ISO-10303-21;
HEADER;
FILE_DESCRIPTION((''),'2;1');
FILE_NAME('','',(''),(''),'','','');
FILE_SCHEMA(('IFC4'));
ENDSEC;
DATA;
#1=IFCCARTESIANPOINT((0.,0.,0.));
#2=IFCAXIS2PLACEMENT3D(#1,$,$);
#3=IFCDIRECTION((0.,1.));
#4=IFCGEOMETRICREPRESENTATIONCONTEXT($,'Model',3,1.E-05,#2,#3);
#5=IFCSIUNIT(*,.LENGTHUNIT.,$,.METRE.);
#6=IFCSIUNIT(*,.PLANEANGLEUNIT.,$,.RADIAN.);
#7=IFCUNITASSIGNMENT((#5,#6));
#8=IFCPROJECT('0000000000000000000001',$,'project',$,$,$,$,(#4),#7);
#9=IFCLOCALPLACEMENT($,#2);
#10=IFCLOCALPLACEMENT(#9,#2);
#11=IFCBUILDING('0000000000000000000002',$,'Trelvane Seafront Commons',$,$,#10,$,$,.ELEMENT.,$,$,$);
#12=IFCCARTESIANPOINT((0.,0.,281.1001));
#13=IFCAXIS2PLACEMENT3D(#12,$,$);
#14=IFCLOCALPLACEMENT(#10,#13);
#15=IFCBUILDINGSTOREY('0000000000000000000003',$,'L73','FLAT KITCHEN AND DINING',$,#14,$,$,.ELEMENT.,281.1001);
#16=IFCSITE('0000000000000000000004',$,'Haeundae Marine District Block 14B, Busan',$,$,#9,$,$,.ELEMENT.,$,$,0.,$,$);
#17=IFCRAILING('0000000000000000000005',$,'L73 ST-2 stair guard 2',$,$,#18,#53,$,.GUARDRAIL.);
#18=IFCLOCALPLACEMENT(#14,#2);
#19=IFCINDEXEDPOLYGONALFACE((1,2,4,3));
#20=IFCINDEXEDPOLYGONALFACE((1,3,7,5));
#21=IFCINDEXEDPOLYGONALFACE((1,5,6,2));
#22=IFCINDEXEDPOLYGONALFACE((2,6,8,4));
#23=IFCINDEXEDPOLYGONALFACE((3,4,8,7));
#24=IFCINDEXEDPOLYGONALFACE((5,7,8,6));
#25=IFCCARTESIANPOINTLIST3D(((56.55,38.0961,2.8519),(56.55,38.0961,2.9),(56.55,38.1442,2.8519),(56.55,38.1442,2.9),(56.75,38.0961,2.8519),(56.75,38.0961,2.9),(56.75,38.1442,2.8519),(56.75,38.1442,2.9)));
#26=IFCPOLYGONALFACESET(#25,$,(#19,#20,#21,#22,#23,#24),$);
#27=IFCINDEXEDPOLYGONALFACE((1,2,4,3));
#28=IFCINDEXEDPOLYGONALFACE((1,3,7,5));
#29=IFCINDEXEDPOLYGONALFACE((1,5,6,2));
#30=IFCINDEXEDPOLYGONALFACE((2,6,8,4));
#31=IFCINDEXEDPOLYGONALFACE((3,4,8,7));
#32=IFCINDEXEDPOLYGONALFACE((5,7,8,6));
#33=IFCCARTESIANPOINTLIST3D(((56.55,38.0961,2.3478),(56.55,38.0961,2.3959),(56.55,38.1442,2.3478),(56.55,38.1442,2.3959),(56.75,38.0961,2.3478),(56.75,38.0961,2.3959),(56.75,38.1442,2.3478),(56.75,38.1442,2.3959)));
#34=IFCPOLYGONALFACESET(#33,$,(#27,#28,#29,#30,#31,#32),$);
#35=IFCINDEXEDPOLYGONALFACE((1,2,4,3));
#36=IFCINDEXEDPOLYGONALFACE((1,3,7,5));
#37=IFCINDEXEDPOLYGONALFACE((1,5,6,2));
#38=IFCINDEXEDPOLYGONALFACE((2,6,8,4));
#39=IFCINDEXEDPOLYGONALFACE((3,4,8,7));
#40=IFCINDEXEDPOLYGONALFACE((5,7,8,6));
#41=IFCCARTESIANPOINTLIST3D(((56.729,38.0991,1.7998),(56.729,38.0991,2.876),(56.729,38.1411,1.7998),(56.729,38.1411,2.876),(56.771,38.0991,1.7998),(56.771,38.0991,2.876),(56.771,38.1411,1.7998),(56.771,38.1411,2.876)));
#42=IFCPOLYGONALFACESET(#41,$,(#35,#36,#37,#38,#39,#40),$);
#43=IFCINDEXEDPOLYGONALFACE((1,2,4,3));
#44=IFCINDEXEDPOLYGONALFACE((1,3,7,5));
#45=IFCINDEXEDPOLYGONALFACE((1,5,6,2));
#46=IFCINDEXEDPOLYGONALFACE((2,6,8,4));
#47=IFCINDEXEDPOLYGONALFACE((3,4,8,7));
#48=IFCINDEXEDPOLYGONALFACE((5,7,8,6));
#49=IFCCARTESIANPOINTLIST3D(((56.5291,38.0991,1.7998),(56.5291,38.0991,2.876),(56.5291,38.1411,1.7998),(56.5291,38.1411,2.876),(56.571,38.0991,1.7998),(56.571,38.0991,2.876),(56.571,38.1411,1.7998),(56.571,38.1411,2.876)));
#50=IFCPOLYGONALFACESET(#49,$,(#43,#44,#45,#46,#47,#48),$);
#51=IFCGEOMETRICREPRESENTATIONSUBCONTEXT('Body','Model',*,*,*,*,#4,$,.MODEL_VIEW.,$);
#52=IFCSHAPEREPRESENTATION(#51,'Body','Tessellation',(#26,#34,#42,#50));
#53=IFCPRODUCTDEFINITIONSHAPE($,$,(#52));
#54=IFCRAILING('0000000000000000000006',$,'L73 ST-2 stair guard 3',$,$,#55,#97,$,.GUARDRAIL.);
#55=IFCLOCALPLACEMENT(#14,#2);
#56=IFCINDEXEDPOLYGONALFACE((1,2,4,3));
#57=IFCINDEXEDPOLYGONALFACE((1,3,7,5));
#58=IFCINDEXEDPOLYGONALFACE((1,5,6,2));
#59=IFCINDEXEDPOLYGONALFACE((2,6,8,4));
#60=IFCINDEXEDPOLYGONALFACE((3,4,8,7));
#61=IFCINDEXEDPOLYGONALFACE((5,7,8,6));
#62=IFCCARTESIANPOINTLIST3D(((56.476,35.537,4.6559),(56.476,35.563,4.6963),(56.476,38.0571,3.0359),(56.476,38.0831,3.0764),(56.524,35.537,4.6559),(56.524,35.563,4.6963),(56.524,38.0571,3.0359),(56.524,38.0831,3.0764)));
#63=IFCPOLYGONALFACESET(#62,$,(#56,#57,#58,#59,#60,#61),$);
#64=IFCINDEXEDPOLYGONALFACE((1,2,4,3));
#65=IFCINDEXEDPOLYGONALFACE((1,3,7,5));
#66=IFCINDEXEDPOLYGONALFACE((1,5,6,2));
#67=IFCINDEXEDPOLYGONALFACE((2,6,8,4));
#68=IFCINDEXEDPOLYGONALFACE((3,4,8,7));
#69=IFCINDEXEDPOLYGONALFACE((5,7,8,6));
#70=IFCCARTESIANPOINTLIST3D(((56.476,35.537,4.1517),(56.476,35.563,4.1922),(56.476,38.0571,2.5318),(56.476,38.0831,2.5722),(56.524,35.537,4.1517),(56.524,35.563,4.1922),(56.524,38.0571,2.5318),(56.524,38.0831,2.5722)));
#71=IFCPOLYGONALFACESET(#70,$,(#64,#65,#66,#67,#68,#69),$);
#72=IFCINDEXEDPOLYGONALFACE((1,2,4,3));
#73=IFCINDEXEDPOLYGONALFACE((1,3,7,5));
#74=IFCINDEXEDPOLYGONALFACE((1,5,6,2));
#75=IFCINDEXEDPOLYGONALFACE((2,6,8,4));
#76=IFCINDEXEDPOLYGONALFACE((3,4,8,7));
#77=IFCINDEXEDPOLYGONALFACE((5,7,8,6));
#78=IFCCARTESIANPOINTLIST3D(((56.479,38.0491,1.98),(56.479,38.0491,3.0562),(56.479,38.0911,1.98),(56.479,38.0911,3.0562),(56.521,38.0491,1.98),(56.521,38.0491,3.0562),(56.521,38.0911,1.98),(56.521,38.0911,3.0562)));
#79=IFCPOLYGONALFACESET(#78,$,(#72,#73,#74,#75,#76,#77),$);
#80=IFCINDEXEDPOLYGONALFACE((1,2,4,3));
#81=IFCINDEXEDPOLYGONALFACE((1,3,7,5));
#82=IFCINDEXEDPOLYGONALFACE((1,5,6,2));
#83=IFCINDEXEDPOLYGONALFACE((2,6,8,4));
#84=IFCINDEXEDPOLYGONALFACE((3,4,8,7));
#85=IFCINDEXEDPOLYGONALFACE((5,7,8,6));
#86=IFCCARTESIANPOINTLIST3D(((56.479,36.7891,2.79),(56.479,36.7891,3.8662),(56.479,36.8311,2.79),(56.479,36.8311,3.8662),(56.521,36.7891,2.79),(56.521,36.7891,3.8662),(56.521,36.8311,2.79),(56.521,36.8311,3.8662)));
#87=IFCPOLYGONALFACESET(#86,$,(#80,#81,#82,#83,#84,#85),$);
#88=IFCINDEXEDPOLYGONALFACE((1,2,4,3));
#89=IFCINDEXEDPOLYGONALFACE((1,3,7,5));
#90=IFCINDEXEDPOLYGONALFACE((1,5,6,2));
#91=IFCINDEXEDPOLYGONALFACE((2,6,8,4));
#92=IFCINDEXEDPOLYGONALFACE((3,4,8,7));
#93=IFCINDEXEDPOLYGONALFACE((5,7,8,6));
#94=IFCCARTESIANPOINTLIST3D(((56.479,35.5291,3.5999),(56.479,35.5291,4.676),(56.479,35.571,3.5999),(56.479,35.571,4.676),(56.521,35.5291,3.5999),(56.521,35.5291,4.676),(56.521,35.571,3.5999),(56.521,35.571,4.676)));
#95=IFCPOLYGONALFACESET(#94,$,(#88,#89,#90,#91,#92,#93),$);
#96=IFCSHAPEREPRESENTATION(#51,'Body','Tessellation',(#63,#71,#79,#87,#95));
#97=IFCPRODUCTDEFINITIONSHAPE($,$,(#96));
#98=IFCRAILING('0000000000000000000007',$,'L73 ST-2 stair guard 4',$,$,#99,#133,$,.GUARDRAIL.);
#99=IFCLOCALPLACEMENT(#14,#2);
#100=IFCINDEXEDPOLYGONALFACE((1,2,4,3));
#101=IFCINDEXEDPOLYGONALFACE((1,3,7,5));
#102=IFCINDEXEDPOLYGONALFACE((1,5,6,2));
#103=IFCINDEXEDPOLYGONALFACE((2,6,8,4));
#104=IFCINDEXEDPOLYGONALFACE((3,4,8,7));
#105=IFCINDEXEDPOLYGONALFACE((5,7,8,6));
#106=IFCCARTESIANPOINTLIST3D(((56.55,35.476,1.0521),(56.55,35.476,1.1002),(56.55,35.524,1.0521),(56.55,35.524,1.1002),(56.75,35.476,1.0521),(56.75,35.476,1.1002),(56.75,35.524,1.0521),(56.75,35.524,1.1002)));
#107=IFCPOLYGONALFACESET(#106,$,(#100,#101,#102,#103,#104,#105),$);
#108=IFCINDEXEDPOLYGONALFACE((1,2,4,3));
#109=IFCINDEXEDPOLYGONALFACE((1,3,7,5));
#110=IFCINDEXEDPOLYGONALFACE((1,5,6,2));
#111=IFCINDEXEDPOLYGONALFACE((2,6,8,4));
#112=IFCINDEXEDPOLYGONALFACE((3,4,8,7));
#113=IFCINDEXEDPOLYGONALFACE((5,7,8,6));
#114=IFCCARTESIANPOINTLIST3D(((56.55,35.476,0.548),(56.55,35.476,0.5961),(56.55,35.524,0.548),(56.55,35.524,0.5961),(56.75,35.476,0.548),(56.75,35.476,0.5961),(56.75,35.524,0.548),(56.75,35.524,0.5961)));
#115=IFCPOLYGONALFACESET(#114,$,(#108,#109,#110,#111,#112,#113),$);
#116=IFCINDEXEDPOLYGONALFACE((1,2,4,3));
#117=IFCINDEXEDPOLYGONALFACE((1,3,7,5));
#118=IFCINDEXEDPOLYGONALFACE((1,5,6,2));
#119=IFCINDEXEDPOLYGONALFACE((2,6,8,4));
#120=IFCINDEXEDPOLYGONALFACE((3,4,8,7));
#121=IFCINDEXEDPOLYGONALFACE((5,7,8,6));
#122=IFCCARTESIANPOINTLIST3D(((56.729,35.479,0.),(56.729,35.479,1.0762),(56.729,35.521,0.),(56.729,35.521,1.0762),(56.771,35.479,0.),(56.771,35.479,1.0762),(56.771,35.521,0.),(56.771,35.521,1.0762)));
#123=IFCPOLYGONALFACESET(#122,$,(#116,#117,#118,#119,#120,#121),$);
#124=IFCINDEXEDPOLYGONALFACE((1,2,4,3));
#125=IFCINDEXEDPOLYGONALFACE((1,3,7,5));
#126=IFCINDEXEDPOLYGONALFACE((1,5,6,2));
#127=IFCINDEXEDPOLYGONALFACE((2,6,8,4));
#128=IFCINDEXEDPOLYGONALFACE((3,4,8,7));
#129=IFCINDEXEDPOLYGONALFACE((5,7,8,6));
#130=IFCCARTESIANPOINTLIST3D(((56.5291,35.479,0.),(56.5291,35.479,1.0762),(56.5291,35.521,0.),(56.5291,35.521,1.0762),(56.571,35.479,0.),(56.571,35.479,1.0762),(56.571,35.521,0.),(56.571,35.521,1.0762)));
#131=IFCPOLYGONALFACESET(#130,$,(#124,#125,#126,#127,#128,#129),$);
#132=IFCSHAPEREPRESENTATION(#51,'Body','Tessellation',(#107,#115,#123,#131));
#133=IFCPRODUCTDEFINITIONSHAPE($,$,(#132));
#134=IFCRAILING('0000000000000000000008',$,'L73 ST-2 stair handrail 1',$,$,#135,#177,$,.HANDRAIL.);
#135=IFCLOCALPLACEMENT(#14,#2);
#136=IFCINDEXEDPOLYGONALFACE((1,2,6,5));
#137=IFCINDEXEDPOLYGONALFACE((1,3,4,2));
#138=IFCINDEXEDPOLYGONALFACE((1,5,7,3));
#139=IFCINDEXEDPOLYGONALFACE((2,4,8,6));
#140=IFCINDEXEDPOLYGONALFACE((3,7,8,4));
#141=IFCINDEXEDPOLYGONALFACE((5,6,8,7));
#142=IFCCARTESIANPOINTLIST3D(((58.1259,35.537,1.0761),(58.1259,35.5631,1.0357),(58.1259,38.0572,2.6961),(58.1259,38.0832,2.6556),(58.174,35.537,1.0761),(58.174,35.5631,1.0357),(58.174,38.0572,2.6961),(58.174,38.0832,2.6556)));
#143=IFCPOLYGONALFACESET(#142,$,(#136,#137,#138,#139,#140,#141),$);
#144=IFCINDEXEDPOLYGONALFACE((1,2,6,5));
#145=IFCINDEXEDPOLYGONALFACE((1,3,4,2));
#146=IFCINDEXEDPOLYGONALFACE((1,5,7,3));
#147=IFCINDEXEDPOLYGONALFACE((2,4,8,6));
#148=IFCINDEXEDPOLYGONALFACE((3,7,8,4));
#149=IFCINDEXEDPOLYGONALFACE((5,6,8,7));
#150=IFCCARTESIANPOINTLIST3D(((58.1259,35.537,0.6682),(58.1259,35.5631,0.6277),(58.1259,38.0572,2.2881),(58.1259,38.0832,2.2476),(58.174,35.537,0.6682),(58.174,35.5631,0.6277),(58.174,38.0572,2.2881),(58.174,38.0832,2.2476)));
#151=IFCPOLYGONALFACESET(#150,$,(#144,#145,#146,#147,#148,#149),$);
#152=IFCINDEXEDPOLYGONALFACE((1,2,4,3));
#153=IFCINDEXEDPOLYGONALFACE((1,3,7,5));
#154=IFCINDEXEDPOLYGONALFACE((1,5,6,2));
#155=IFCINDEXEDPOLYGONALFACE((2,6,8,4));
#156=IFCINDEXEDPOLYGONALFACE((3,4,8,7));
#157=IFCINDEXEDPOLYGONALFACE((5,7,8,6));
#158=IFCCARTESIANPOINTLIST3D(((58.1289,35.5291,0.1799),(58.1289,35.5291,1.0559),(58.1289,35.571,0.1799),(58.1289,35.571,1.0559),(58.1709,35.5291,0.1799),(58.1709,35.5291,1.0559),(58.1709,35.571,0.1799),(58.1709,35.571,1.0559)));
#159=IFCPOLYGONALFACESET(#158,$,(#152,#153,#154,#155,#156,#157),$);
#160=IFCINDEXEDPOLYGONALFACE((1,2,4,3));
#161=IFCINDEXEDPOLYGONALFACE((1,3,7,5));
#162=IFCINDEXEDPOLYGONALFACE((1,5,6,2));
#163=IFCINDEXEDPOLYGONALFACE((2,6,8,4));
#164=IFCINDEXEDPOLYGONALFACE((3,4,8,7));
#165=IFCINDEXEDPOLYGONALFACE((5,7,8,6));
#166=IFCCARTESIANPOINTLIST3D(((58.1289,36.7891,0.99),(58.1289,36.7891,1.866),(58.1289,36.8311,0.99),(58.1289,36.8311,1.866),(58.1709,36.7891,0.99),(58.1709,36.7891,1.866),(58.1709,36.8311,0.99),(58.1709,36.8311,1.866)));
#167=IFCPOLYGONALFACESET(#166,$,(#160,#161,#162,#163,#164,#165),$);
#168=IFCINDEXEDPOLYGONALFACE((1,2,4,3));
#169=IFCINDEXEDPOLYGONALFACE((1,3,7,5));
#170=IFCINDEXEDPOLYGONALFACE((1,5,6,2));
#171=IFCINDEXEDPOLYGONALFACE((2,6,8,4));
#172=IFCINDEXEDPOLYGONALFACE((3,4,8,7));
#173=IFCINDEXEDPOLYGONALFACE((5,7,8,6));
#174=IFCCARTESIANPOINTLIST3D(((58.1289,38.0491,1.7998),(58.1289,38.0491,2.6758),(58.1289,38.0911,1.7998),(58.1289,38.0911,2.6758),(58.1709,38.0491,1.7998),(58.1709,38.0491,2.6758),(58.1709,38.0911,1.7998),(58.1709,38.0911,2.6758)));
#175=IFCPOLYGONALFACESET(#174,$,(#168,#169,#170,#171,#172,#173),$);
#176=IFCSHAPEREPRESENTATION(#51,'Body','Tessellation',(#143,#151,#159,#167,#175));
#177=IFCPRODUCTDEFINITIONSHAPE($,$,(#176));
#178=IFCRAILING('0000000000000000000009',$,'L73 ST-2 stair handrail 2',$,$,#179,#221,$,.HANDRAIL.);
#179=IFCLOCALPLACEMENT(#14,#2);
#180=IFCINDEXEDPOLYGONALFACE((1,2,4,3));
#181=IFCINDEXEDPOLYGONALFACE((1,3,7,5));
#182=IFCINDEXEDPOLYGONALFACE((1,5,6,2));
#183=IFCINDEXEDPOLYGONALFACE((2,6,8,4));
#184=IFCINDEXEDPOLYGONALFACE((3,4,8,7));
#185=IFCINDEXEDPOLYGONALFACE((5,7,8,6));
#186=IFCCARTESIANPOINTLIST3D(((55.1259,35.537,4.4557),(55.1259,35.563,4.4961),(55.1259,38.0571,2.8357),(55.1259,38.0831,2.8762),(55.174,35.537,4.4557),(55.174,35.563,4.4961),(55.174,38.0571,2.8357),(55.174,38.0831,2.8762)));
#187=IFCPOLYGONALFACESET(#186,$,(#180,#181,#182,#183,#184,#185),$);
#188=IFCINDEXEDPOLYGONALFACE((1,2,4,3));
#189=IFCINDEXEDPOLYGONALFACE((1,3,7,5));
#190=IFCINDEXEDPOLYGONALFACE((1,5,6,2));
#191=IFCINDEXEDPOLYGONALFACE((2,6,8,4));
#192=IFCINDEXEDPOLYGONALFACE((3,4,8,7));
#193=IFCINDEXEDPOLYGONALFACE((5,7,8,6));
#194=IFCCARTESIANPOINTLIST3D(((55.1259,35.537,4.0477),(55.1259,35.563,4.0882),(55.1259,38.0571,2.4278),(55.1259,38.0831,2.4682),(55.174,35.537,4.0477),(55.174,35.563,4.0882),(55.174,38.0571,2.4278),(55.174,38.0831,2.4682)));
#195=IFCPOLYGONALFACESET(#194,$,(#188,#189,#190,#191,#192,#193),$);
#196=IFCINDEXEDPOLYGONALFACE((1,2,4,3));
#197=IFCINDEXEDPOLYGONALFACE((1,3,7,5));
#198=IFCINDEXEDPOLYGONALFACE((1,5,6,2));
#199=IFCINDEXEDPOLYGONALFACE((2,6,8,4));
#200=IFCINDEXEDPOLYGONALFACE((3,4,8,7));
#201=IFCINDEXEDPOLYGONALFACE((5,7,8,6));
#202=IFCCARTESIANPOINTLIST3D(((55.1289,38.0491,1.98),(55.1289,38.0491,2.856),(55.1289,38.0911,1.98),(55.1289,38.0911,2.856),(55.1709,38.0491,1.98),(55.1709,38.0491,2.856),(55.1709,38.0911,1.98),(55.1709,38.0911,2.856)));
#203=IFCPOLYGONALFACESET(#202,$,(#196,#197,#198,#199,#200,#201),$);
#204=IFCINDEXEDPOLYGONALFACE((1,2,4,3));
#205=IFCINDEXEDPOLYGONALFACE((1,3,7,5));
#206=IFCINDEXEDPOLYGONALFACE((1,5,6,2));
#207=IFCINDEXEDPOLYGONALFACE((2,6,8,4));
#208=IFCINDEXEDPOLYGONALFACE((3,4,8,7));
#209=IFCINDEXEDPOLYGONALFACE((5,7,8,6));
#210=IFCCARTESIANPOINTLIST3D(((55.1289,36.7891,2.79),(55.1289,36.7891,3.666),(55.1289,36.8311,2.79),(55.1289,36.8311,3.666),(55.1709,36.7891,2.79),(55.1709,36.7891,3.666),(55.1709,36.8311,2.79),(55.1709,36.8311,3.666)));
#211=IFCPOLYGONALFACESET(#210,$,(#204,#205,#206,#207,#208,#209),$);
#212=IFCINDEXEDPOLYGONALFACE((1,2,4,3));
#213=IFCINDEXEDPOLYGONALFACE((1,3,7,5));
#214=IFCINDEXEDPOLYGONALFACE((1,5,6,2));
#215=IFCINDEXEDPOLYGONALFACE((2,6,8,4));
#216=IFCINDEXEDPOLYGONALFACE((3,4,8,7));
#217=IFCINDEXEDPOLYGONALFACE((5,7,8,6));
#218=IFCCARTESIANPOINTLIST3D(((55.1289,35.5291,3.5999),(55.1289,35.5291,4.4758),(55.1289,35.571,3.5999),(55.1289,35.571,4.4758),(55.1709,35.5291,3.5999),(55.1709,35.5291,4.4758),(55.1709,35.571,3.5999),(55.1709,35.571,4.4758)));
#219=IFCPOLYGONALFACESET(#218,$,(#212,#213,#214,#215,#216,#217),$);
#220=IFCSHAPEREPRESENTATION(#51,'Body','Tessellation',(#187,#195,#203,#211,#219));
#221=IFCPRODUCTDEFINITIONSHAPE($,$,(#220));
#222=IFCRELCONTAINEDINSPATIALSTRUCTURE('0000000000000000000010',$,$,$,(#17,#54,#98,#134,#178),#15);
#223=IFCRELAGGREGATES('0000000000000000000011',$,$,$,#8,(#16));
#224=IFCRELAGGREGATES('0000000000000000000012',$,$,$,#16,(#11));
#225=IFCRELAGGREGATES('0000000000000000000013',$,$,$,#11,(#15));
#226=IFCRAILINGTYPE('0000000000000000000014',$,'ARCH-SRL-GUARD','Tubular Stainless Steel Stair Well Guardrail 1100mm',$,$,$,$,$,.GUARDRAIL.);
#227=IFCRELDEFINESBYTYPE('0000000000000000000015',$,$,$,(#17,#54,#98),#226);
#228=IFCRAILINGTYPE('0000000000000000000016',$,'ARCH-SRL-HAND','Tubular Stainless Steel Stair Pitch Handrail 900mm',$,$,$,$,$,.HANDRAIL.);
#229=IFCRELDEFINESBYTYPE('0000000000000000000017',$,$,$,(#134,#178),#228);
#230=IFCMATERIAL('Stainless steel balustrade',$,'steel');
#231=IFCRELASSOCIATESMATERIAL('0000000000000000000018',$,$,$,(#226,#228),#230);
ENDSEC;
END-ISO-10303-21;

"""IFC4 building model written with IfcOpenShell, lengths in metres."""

from ifc_helpers import new_model, si_unit, direction, frame, origin, origin_2d, place, context, subcontext, project, spatial, rectangle, extrude, material, type_object, element, save


model = new_model("IFC4")

# Units and contexts
model_context = context("Model", 3, precision=1e-05, world=origin(), true_north=direction((0.0, 1.0)))
body_context = subcontext(model_context, "Body", "Model", "MODEL_VIEW")
ifc_project = project(units=[si_unit("LENGTHUNIT", "METRE"), si_unit("PLANEANGLEUNIT", "RADIAN")], contexts=[model_context])

# Site, building, storey
site_placement = place(None, origin())
site = spatial("IfcSite", under=ifc_project, at=site_placement, Name="Haeundae Marine District Block 14B, Busan", CompositionType="ELEMENT", RefElevation=0.0)
building_placement = place(site_placement, origin())
building = spatial("IfcBuilding", under=site, at=building_placement, Name="Trelvane Seafront Commons", CompositionType="ELEMENT")
storey_placement = place(building_placement, frame((0.0, 0.0, 281.1001)))
storey = spatial("IfcBuildingStorey", under=building, at=storey_placement, Name="L73", Description="FLAT KITCHEN AND DINING", CompositionType="ELEMENT", Elevation=281.1001)

# Railings
ifc_material_1 = material(Name="Stainless steel balustrade", Category="steel")
railing_type_1 = type_object("IfcRailingType", Name="ARCH-SRL-GUARD", Description="Tubular Stainless Steel Stair Well Guardrail 1100mm", PredefinedType="GUARDRAIL", material=ifc_material_1)
railing_1_placement = place(storey_placement, frame((56.75, 38.1201, 1.7998)))
element("IfcRailing", 1, at=railing_1_placement, inside=storey, type_object=railing_type_1, Name="L73 ST-2 stair guard 2", PredefinedType="GUARDRAIL", context=body_context, shape_type="SweptSolid", body=[
    extrude(rectangle(XDim=0.0481, YDim=0.0481, at=origin_2d()), frame((0.0, 0.0, 1.0762), z_axis=(-1.0, 0.0, 0.0), x_axis=(0.0, -1.0, 0.0)), (0.0, 0.0, 1.0), 0.2),
    extrude(rectangle(XDim=0.0481, YDim=0.0481, at=origin_2d()), frame((0.0, 0.0, 0.572), z_axis=(-1.0, 0.0, 0.0), x_axis=(0.0, -1.0, 0.0)), (0.0, 0.0, 1.0), 0.2),
    extrude(rectangle(XDim=0.042, YDim=0.042, at=origin_2d()), origin(), (0.0, 0.0, 1.0), 1.0762),
    extrude(rectangle(XDim=0.042, YDim=0.042, at=origin_2d()), frame((-0.2, 0.0, 0.0)), (0.0, 0.0, 1.0), 1.0762),
])
railing_2_placement = place(storey_placement, frame((56.5, 38.0701, 1.98)))
element("IfcRailing", 2, at=railing_2_placement, inside=storey, type_object=railing_type_1, Name="L73 ST-2 stair guard 3", PredefinedType="GUARDRAIL", context=body_context, shape_type="SweptSolid", body=[
    extrude(rectangle(XDim=0.0481, YDim=0.0481, at=origin_2d()), frame((0.0, 0.0, 1.0762), z_axis=(0.0, -0.8412, 0.540725), x_axis=(1.0, 0.0, 0.0)), (0.0, 0.0, 1.0), 2.9958),
    extrude(rectangle(XDim=0.0481, YDim=0.0481, at=origin_2d()), frame((0.0, 0.0, 0.572), z_axis=(0.0, -0.8412, 0.540725), x_axis=(1.0, 0.0, 0.0)), (0.0, 0.0, 1.0), 2.9958),
    extrude(rectangle(XDim=0.042, YDim=0.042, at=origin_2d()), origin(), (0.0, 0.0, 1.0), 1.0762),
    extrude(rectangle(XDim=0.042, YDim=0.042, at=origin_2d()), frame((0.0, -1.26, 0.8101)), (0.0, 0.0, 1.0), 1.0762),
    extrude(rectangle(XDim=0.042, YDim=0.042, at=origin_2d()), frame((0.0, -2.52, 1.6199)), (0.0, 0.0, 1.0), 1.0762),
])
railing_3_placement = place(storey_placement, frame((56.75, 35.5, 0.0)))
element("IfcRailing", 3, at=railing_3_placement, inside=storey, type_object=railing_type_1, Name="L73 ST-2 stair guard 4", PredefinedType="GUARDRAIL", context=body_context, shape_type="SweptSolid", body=[
    extrude(rectangle(XDim=0.0481, YDim=0.0481, at=origin_2d()), frame((0.0, 0.0, 1.0762), z_axis=(-1.0, 0.0, 0.0), x_axis=(0.0, -1.0, 0.0)), (0.0, 0.0, 1.0), 0.2),
    extrude(rectangle(XDim=0.0481, YDim=0.0481, at=origin_2d()), frame((0.0, 0.0, 0.572), z_axis=(-1.0, 0.0, 0.0), x_axis=(0.0, -1.0, 0.0)), (0.0, 0.0, 1.0), 0.2),
    extrude(rectangle(XDim=0.042, YDim=0.042, at=origin_2d()), origin(), (0.0, 0.0, 1.0), 1.0762),
    extrude(rectangle(XDim=0.042, YDim=0.042, at=origin_2d()), frame((-0.2, 0.0, 0.0)), (0.0, 0.0, 1.0), 1.0762),
])
railing_type_2 = type_object("IfcRailingType", Name="ARCH-SRL-HAND", Description="Tubular Stainless Steel Stair Pitch Handrail 900mm", PredefinedType="HANDRAIL", material=ifc_material_1)
railing_4_placement = place(storey_placement, frame((58.1499, 35.55, 0.1799)))
element("IfcRailing", 4, at=railing_4_placement, inside=storey, type_object=railing_type_2, Name="L73 ST-2 stair handrail 1", PredefinedType="HANDRAIL", context=body_context, shape_type="SweptSolid", body=[
    extrude(rectangle(XDim=0.0481, YDim=0.0481, at=origin_2d()), frame((0.0, 0.0, 0.876), z_axis=(0.0, 0.8412, 0.540725), x_axis=(-1.0, 0.0, 0.0)), (0.0, 0.0, 1.0), 2.9958),
    extrude(rectangle(XDim=0.0481, YDim=0.0481, at=origin_2d()), frame((0.0, 0.0, 0.468), z_axis=(0.0, 0.8412, 0.540725), x_axis=(-1.0, 0.0, 0.0)), (0.0, 0.0, 1.0), 2.9958),
    extrude(rectangle(XDim=0.042, YDim=0.042, at=origin_2d()), origin(), (0.0, 0.0, 1.0), 0.876),
    extrude(rectangle(XDim=0.042, YDim=0.042, at=origin_2d()), frame((0.0, 1.26, 0.8101)), (0.0, 0.0, 1.0), 0.876),
    extrude(rectangle(XDim=0.042, YDim=0.042, at=origin_2d()), frame((0.0, 2.52, 1.6199)), (0.0, 0.0, 1.0), 0.876),
])
railing_5_placement = place(storey_placement, frame((55.1499, 38.0701, 1.98)))
element("IfcRailing", 5, at=railing_5_placement, inside=storey, type_object=railing_type_2, Name="L73 ST-2 stair handrail 2", PredefinedType="HANDRAIL", context=body_context, shape_type="SweptSolid", body=[
    extrude(rectangle(XDim=0.0481, YDim=0.0481, at=origin_2d()), frame((0.0, 0.0, 0.876), z_axis=(0.0, -0.8412, 0.540725), x_axis=(1.0, 0.0, 0.0)), (0.0, 0.0, 1.0), 2.9958),
    extrude(rectangle(XDim=0.0481, YDim=0.0481, at=origin_2d()), frame((0.0, 0.0, 0.468), z_axis=(0.0, -0.8412, 0.540725), x_axis=(1.0, 0.0, 0.0)), (0.0, 0.0, 1.0), 2.9958),
    extrude(rectangle(XDim=0.042, YDim=0.042, at=origin_2d()), origin(), (0.0, 0.0, 1.0), 0.876),
    extrude(rectangle(XDim=0.042, YDim=0.042, at=origin_2d()), frame((0.0, -1.26, 0.8101)), (0.0, 0.0, 1.0), 0.876),
    extrude(rectangle(XDim=0.042, YDim=0.042, at=origin_2d()), frame((0.0, -2.52, 1.6199)), (0.0, 0.0, 1.0), 0.876),
])

save(model, "model.ifc")
